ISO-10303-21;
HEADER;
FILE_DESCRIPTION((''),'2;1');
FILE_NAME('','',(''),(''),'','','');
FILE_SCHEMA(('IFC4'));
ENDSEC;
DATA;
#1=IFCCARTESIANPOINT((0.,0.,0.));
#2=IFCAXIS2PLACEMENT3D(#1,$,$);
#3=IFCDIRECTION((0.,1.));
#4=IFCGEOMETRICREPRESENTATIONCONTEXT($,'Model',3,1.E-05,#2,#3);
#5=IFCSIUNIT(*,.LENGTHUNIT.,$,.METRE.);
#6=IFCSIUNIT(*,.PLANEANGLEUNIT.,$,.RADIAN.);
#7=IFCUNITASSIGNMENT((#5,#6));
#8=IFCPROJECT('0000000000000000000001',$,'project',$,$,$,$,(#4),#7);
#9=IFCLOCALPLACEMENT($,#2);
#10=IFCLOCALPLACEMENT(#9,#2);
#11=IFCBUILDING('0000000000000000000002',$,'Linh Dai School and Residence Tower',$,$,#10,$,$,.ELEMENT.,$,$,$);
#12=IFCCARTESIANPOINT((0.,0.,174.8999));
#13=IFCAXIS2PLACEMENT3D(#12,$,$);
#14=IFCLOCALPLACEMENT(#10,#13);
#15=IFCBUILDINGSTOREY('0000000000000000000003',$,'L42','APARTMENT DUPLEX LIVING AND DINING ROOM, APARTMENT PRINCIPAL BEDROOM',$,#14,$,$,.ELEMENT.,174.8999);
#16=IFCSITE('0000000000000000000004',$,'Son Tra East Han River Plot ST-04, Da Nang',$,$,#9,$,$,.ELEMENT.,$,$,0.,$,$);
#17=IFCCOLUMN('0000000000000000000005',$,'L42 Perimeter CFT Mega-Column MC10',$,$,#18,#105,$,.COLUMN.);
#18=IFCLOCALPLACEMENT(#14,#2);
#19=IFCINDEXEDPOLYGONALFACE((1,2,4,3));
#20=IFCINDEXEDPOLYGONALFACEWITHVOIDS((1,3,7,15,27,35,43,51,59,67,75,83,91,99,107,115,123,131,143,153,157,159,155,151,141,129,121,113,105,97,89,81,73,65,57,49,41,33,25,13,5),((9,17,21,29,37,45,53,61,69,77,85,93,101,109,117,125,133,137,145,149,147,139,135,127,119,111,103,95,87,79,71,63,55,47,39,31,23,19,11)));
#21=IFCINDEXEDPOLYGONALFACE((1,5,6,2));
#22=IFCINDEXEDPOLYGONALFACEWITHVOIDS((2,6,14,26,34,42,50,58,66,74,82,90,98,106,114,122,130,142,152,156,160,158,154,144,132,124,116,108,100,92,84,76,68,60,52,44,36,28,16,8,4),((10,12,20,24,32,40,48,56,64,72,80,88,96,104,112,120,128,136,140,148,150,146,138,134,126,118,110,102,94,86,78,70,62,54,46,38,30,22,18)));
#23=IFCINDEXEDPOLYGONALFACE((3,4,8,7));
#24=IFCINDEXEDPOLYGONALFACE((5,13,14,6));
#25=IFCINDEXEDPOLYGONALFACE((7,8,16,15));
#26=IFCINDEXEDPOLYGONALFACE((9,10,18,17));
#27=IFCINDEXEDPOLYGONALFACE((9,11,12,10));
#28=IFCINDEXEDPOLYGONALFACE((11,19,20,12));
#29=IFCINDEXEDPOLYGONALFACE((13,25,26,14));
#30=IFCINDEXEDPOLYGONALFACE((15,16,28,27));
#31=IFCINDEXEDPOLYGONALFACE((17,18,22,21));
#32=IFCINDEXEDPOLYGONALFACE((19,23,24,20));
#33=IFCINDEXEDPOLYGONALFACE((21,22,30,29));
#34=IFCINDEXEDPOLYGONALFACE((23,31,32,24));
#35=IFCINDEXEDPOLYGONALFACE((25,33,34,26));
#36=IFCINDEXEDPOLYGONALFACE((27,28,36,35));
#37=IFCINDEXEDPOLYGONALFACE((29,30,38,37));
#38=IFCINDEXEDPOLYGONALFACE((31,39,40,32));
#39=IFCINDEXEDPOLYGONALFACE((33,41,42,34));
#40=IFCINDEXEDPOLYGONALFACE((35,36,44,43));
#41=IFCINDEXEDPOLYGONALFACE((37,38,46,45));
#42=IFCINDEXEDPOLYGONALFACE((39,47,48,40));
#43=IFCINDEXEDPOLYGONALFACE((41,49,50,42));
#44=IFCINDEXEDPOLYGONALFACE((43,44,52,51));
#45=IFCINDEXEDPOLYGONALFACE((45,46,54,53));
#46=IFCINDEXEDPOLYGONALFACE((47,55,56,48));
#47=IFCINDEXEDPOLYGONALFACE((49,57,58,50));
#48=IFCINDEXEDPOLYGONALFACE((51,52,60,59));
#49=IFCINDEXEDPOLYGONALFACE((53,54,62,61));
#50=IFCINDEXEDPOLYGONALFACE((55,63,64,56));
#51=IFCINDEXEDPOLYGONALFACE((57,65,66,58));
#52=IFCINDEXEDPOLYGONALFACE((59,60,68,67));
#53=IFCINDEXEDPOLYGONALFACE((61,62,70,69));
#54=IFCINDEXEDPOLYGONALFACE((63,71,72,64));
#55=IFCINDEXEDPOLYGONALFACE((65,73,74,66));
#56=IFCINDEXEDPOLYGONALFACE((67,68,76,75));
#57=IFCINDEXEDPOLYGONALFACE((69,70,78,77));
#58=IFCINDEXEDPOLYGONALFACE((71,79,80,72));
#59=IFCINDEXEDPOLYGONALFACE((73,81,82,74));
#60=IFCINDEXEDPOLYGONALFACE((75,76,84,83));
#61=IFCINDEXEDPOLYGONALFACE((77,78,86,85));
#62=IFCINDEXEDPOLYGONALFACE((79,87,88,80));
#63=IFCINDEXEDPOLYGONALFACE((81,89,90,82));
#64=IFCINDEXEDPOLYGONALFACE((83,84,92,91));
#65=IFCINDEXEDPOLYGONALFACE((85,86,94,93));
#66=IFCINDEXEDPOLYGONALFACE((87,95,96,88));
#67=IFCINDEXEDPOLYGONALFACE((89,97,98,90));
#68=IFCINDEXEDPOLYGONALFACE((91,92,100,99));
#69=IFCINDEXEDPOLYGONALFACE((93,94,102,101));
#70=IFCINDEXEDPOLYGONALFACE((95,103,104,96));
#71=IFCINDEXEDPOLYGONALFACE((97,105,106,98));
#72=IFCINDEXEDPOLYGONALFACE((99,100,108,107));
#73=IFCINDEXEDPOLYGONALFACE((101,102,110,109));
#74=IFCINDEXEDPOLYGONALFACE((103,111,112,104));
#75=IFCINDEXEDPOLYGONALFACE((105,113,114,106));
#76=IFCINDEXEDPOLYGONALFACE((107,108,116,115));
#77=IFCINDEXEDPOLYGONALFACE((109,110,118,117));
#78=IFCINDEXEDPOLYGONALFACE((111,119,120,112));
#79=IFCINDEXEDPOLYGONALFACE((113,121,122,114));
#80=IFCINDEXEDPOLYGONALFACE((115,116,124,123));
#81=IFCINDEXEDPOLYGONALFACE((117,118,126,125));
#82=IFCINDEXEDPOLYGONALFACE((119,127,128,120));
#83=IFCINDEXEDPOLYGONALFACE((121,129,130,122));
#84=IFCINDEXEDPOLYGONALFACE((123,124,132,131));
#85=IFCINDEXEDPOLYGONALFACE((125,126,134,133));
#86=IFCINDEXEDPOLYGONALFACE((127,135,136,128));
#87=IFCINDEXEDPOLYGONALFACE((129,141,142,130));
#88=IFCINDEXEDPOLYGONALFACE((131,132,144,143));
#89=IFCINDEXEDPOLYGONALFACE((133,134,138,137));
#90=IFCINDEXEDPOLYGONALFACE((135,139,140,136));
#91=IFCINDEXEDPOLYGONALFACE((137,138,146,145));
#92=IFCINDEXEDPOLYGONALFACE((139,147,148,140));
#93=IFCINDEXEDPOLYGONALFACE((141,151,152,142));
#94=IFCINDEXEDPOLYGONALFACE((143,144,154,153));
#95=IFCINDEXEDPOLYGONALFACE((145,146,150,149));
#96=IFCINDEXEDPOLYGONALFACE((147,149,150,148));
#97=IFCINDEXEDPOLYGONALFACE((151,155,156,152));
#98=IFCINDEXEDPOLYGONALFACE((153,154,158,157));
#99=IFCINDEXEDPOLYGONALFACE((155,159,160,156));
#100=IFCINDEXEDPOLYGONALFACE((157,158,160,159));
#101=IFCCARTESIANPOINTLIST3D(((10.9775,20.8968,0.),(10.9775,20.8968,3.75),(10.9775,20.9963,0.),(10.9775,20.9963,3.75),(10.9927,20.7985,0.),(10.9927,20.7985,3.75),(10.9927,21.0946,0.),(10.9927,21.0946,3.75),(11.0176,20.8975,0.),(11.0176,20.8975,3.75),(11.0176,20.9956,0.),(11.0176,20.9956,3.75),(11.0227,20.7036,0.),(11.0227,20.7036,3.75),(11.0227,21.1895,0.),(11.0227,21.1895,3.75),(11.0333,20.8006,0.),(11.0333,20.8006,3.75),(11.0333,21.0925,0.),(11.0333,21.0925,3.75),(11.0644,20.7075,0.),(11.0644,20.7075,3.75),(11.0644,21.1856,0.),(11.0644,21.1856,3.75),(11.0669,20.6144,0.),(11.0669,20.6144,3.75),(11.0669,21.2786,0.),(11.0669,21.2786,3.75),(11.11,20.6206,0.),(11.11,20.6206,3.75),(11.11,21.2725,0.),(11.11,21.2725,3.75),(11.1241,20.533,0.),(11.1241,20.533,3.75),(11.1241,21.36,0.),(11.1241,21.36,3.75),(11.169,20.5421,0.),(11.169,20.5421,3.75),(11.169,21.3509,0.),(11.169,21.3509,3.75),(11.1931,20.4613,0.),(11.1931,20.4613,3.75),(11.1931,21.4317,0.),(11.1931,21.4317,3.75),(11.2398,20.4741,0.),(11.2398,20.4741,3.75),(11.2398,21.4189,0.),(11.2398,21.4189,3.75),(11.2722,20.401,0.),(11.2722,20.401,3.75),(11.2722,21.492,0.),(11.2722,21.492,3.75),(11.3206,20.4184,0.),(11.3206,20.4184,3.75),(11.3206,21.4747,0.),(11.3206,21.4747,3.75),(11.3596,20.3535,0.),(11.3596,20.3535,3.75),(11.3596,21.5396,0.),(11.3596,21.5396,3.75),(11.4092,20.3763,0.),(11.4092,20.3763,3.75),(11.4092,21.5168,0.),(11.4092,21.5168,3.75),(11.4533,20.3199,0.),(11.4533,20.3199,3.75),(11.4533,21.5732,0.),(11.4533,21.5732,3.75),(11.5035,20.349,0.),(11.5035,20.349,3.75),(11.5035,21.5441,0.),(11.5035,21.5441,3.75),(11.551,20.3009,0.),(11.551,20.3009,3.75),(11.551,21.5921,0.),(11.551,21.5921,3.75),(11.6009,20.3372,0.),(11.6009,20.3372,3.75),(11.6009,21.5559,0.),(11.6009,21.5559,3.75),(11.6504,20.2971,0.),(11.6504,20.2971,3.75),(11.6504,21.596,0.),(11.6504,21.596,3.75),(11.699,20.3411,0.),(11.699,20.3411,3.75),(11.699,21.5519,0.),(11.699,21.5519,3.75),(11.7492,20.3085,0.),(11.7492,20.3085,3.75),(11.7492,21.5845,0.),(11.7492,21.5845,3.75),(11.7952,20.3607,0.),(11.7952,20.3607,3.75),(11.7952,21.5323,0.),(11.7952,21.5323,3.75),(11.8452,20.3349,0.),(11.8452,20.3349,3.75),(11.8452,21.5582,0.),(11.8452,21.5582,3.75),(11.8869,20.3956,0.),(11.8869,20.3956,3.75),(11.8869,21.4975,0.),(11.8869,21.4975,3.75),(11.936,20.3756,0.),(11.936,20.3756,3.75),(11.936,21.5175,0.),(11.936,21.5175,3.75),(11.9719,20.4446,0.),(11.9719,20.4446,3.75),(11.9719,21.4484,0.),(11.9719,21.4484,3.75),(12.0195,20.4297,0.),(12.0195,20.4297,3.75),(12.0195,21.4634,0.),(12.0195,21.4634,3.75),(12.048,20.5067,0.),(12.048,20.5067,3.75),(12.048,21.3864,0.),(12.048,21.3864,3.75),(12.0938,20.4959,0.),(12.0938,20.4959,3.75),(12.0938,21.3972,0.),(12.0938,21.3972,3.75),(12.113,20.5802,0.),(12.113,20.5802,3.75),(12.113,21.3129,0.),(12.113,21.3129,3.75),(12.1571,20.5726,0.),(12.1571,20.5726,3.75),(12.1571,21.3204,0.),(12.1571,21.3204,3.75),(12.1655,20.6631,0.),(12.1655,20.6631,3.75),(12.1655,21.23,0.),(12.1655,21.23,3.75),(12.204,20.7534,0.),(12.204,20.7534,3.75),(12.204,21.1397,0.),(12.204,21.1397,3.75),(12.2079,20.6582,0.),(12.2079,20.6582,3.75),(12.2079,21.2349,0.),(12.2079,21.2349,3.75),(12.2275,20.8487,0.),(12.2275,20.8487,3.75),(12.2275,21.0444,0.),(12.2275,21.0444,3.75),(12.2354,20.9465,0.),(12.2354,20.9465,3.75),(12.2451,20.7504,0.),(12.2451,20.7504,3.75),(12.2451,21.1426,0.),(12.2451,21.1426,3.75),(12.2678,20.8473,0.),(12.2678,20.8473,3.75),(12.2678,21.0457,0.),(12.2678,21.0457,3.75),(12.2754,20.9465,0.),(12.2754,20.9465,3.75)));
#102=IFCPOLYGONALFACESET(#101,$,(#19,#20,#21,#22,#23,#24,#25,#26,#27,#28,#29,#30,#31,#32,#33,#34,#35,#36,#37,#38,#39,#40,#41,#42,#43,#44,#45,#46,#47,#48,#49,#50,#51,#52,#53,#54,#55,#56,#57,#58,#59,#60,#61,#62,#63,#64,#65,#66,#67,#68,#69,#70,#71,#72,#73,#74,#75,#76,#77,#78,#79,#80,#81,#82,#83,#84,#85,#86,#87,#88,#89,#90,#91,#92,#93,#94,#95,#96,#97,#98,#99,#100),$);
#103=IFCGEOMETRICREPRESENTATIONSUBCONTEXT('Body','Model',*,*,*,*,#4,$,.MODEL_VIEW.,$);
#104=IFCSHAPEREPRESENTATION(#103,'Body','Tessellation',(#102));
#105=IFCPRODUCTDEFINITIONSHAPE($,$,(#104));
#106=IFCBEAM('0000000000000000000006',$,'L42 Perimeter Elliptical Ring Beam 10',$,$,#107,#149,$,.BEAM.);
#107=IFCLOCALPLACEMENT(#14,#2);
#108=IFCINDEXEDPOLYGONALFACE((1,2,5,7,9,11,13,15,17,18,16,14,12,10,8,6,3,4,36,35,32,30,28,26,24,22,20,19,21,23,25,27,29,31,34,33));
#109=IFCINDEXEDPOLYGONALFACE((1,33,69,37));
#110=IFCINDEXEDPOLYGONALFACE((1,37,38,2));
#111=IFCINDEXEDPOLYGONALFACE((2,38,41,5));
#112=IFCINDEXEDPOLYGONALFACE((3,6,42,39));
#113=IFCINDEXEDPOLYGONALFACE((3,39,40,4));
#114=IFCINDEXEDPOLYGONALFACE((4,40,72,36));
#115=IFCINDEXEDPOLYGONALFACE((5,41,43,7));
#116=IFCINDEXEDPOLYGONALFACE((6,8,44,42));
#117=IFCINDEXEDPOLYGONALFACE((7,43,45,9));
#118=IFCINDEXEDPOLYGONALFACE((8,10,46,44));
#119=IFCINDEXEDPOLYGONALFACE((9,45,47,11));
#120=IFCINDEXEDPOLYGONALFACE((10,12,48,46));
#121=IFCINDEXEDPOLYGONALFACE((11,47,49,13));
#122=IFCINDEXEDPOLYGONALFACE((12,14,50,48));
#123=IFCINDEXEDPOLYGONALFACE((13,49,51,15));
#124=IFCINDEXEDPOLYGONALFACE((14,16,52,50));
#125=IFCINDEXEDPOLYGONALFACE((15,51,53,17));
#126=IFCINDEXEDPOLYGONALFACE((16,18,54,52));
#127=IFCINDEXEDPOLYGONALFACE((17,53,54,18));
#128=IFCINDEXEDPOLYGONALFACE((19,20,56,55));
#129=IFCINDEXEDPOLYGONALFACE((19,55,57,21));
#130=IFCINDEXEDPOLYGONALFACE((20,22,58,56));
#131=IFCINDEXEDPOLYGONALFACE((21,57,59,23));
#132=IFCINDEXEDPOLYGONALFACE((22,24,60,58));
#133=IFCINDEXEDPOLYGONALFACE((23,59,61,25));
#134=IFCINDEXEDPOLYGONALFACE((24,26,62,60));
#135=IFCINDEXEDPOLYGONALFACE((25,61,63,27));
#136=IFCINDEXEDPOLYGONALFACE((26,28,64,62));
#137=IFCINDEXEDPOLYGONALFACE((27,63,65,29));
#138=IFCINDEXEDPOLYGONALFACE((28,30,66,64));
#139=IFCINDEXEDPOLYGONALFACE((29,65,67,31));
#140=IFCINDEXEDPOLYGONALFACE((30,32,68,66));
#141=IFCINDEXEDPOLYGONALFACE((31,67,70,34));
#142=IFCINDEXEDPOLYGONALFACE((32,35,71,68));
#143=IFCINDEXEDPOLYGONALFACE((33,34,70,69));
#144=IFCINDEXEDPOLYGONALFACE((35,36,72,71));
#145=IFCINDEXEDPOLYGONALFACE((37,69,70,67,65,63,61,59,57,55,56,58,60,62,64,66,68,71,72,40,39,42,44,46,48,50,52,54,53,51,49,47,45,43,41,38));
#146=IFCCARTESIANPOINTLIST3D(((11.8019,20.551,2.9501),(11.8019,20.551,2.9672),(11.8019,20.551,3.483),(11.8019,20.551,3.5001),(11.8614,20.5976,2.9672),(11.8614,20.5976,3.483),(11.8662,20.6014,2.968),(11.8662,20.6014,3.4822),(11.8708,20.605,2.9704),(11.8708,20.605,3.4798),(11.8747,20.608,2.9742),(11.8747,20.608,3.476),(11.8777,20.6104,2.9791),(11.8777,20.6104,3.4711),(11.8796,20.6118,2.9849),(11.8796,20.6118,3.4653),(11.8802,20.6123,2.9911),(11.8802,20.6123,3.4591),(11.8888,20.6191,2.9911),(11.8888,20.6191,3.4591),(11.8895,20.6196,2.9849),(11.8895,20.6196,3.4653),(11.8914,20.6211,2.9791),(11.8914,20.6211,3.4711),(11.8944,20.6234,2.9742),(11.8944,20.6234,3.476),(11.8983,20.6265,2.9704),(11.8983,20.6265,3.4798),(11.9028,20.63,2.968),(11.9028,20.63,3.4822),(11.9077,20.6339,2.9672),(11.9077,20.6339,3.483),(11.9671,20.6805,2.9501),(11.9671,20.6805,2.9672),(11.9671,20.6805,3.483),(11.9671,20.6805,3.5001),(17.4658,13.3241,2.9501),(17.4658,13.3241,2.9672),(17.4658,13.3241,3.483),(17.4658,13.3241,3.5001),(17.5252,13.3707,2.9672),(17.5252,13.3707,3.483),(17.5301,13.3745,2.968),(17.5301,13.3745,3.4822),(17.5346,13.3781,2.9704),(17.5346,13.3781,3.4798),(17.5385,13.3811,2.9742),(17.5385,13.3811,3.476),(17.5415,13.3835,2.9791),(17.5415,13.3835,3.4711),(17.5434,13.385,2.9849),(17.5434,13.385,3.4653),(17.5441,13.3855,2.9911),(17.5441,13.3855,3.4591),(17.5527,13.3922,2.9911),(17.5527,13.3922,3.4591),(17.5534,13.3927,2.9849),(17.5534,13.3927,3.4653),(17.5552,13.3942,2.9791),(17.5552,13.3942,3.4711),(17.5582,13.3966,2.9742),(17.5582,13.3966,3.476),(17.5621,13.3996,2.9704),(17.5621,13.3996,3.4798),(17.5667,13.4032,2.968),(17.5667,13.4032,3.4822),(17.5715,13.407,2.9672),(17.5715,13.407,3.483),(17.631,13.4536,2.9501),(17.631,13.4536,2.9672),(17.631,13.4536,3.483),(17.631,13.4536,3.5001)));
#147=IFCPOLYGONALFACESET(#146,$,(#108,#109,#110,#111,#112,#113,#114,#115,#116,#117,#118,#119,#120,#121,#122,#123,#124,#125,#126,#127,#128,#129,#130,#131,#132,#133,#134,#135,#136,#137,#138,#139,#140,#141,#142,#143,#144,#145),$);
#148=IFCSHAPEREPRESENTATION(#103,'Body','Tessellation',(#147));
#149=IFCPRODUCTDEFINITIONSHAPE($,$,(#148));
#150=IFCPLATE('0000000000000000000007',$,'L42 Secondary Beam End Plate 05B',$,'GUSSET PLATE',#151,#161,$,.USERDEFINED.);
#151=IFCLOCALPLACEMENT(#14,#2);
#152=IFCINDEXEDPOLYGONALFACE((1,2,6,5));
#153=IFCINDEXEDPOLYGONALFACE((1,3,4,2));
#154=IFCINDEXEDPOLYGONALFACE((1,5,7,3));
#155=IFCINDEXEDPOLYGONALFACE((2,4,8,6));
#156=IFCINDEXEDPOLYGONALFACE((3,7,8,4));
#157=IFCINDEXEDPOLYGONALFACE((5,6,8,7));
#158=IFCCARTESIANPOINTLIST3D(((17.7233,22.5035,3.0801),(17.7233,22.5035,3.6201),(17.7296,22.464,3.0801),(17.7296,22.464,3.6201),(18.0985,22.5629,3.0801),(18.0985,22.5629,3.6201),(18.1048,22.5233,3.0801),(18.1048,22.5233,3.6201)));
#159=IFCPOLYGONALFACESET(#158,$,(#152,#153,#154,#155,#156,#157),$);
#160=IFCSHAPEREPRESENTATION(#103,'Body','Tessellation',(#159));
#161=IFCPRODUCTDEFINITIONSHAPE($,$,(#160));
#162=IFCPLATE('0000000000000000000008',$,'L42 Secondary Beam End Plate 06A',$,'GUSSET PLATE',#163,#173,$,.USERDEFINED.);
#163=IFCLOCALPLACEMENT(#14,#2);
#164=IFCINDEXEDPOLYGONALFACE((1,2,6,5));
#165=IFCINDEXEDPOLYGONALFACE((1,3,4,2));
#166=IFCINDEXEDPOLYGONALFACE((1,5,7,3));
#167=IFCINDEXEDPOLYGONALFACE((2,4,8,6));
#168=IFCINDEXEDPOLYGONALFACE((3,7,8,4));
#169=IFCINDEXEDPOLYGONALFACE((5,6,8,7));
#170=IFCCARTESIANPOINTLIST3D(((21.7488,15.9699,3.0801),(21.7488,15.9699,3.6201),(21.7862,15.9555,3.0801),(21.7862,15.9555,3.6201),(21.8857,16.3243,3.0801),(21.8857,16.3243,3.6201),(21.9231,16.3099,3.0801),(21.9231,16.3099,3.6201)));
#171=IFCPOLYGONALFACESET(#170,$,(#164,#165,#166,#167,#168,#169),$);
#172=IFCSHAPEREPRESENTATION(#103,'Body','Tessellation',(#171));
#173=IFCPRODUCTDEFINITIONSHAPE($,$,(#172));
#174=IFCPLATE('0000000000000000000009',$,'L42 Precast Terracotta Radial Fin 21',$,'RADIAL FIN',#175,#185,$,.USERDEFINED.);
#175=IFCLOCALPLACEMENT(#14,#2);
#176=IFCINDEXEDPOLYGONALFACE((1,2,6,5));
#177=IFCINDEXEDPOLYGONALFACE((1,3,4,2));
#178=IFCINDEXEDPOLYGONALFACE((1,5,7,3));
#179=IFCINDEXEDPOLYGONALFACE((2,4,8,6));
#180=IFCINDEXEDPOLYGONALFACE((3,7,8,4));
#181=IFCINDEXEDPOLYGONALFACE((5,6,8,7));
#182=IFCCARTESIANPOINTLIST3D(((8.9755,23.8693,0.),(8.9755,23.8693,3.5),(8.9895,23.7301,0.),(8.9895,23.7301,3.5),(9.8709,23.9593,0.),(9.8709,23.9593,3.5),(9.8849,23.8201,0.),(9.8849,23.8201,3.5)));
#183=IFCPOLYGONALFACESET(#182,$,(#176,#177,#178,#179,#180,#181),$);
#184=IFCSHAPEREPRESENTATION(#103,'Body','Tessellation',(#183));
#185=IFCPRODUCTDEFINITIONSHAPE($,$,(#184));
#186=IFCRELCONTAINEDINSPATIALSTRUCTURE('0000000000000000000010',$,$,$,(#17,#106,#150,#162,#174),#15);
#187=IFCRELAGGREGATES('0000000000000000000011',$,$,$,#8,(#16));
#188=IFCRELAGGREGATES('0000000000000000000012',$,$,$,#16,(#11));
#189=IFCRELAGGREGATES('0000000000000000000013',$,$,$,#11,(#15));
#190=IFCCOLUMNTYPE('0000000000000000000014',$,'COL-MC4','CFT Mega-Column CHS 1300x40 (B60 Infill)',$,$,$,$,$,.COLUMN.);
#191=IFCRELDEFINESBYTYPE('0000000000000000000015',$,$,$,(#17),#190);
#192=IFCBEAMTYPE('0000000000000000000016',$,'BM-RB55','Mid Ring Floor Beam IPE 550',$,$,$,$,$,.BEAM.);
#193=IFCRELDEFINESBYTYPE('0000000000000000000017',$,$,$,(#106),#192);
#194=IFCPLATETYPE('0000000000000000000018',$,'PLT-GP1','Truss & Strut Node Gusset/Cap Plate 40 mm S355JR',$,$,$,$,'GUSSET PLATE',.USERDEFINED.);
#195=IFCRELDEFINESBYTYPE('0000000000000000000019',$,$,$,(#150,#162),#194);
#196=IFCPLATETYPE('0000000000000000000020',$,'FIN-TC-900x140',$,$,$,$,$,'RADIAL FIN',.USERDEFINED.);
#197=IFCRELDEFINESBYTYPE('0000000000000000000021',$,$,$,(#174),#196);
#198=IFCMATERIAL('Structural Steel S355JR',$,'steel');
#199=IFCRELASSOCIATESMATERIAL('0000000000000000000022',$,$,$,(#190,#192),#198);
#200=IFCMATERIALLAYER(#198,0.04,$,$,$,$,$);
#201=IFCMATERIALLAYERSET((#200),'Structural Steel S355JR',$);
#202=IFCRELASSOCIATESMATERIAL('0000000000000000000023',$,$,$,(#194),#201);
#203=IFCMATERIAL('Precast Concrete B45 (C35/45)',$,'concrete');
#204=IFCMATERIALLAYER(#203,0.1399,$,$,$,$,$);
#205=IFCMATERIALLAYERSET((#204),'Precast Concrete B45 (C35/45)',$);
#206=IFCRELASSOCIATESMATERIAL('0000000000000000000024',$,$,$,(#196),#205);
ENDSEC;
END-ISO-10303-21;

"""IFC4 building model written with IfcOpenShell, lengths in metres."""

from ifc_helpers import new_model, si_unit, direction, frame, origin, origin_2d, place, context, subcontext, project, spatial, rectangle, hollow_circle, i_section, extrude, source, transform, mapped, material, layer, layer_set, material_profile, profile_set, type_object, element, save


model = new_model("IFC4")

# Units and contexts
model_context = context("Model", 3, precision=1e-05, world=origin(), true_north=direction((0.0, 1.0)))
body_context = subcontext(model_context, "Body", "Model", "MODEL_VIEW")
ifc_project = project(units=[si_unit("LENGTHUNIT", "METRE"), si_unit("PLANEANGLEUNIT", "RADIAN")], contexts=[model_context])

# Site, building, storey
site_placement = place(None, origin())
site = spatial("IfcSite", under=ifc_project, at=site_placement, Name="Son Tra East Han River Plot ST-04, Da Nang", CompositionType="ELEMENT", RefElevation=0.0)
building_placement = place(site_placement, origin())
building = spatial("IfcBuilding", under=site, at=building_placement, Name="Linh Dai School and Residence Tower", CompositionType="ELEMENT")
storey_placement = place(building_placement, frame((0.0, 0.0, 174.8999)))
storey = spatial("IfcBuildingStorey", under=building, at=storey_placement, Name="L42", Description="APARTMENT DUPLEX LIVING AND DINING ROOM, APARTMENT PRINCIPAL BEDROOM", CompositionType="ELEMENT", Elevation=174.8999)

# Column
ifc_material_1 = material(Name="Structural Steel S355JR", Category="steel")
ifc_material_profile_1 = material_profile(ifc_material_1, hollow_circle(Radius=0.6499, WallThickness=0.04, at=origin_2d()), Name="CHS 1300x40")
ifc_profile_set_1 = profile_set([ifc_material_profile_1], Name="Structural Steel S355JR")
column_type = type_object("IfcColumnType", Name="COL-MC4", Description="CFT Mega-Column CHS 1300x40 (B60 Infill)", PredefinedType="COLUMN", material=ifc_profile_set_1)
column_placement = place(storey_placement, frame((11.6255, 20.9465, 0.0), z_axis=(0.0, 0.0, 1.0), x_axis=(1.0, 0.0, 0.0)))
element("IfcColumn", 1, at=column_placement, inside=storey, type_object=column_type, Name="L42 Perimeter CFT Mega-Column MC10", PredefinedType="COLUMN", context=body_context, shape_type="SweptSolid", body=[
    extrude(hollow_circle(Radius=0.6499, WallThickness=0.04, at=origin_2d()), origin(), (0.0, 0.0, 1.0), 3.75),
])

# Beam
ifc_material_profile_2 = material_profile(ifc_material_1, i_section(OverallWidth=0.21, OverallDepth=0.55, WebThickness=0.011, FlangeThickness=0.0171, FilletRadius=0.0239, at=origin_2d()), Name="IPE 550")
ifc_profile_set_2 = profile_set([ifc_material_profile_2], Name="Structural Steel S355JR")
beam_type = type_object("IfcBeamType", Name="BM-RB55", Description="Mid Ring Floor Beam IPE 550", PredefinedType="BEAM", material=ifc_profile_set_2)
beam_placement = place(storey_placement, frame((11.8845, 20.6157, 3.2251), z_axis=(0.616852, -0.787079, 0.0), x_axis=(0.787079, 0.616852, 0.0)))
element("IfcBeam", 2, at=beam_placement, inside=storey, type_object=beam_type, Name="L42 Perimeter Elliptical Ring Beam 10", PredefinedType="BEAM", context=body_context, shape_type="SweptSolid", body=[
    extrude(i_section(OverallWidth=0.21, OverallDepth=0.55, WebThickness=0.011, FlangeThickness=0.0171, FilletRadius=0.0239, at=origin_2d()), origin(), (0.0, 0.0, 1.0), 9.1819),
])

# Plates
ifc_layer_1 = layer(ifc_material_1, 0.04)
ifc_layer_set_1 = layer_set([ifc_layer_1], Name="Structural Steel S355JR")
plate_type_1 = type_object("IfcPlateType", Name="PLT-GP1", Description="Truss & Strut Node Gusset/Cap Plate 40 mm S355JR", ElementType="GUSSET PLATE", PredefinedType="USERDEFINED", material=ifc_layer_set_1)
shared_shape_1 = source(origin(), body_context, "Body", "SweptSolid", [
    extrude(rectangle(XDim=0.04, YDim=0.3799, at=origin_2d()), origin(), (0.0, 0.0, 1.0), 0.54),
])
for number, where, z_axis, x_axis, name in (
    (3, (17.9141, 22.5134, 3.0801), (0.0, 0.0, 1.0), (0.156309, -0.987708, 0.0), "L42 Secondary Beam End Plate 05B"),
    (4, (21.8359, 16.1399, 3.0801), (0.0, 0.0, 1.0), (0.932823, -0.360335, 0.0), "L42 Secondary Beam End Plate 06A"),
):
    element("IfcPlate", number, at=place(storey_placement, frame(where, z_axis=z_axis, x_axis=x_axis)), inside=storey, type_object=plate_type_1, Name=name, ObjectType="GUSSET PLATE", PredefinedType="USERDEFINED", context=body_context, shape_type="MappedRepresentation", body=[
        mapped(shared_shape_1, transform((0.0, 0.0, 0.0), x_axis=(1.0, 0.0, 0.0), y_axis=(0.0, 1.0, 0.0), z_axis=(0.0, 0.0, 1.0), scale=1.0)),
    ])
ifc_material_2 = material(Name="Precast Concrete B45 (C35/45)", Category="concrete")
ifc_layer_2 = layer(ifc_material_2, 0.1399)
ifc_layer_set_2 = layer_set([ifc_layer_2], Name="Precast Concrete B45 (C35/45)")
plate_type_2 = type_object("IfcPlateType", Name="FIN-TC-900x140", ElementType="RADIAL FIN", PredefinedType="USERDEFINED", material=ifc_layer_set_2)
shared_shape_2 = source(origin(), body_context, "Body", "SweptSolid", [
    extrude(rectangle(XDim=0.8999, YDim=0.1399, at=origin_2d()), origin(), (0.0, 0.0, 1.0), 3.5),
])
plate_placement = place(storey_placement, frame((9.4302, 23.8447, 0.0), z_axis=(0.0, 0.0, 1.0), x_axis=(-0.994987, -0.100002, 0.0)))
element("IfcPlate", 5, at=plate_placement, inside=storey, type_object=plate_type_2, Name="L42 Precast Terracotta Radial Fin 21", ObjectType="RADIAL FIN", PredefinedType="USERDEFINED", context=body_context, shape_type="MappedRepresentation", body=[
    mapped(shared_shape_2, transform((0.0, 0.0, 0.0), x_axis=(1.0, 0.0, 0.0), y_axis=(0.0, 1.0, 0.0), z_axis=(0.0, 0.0, 1.0), scale=1.0)),
])

save(model, "model.ifc")
